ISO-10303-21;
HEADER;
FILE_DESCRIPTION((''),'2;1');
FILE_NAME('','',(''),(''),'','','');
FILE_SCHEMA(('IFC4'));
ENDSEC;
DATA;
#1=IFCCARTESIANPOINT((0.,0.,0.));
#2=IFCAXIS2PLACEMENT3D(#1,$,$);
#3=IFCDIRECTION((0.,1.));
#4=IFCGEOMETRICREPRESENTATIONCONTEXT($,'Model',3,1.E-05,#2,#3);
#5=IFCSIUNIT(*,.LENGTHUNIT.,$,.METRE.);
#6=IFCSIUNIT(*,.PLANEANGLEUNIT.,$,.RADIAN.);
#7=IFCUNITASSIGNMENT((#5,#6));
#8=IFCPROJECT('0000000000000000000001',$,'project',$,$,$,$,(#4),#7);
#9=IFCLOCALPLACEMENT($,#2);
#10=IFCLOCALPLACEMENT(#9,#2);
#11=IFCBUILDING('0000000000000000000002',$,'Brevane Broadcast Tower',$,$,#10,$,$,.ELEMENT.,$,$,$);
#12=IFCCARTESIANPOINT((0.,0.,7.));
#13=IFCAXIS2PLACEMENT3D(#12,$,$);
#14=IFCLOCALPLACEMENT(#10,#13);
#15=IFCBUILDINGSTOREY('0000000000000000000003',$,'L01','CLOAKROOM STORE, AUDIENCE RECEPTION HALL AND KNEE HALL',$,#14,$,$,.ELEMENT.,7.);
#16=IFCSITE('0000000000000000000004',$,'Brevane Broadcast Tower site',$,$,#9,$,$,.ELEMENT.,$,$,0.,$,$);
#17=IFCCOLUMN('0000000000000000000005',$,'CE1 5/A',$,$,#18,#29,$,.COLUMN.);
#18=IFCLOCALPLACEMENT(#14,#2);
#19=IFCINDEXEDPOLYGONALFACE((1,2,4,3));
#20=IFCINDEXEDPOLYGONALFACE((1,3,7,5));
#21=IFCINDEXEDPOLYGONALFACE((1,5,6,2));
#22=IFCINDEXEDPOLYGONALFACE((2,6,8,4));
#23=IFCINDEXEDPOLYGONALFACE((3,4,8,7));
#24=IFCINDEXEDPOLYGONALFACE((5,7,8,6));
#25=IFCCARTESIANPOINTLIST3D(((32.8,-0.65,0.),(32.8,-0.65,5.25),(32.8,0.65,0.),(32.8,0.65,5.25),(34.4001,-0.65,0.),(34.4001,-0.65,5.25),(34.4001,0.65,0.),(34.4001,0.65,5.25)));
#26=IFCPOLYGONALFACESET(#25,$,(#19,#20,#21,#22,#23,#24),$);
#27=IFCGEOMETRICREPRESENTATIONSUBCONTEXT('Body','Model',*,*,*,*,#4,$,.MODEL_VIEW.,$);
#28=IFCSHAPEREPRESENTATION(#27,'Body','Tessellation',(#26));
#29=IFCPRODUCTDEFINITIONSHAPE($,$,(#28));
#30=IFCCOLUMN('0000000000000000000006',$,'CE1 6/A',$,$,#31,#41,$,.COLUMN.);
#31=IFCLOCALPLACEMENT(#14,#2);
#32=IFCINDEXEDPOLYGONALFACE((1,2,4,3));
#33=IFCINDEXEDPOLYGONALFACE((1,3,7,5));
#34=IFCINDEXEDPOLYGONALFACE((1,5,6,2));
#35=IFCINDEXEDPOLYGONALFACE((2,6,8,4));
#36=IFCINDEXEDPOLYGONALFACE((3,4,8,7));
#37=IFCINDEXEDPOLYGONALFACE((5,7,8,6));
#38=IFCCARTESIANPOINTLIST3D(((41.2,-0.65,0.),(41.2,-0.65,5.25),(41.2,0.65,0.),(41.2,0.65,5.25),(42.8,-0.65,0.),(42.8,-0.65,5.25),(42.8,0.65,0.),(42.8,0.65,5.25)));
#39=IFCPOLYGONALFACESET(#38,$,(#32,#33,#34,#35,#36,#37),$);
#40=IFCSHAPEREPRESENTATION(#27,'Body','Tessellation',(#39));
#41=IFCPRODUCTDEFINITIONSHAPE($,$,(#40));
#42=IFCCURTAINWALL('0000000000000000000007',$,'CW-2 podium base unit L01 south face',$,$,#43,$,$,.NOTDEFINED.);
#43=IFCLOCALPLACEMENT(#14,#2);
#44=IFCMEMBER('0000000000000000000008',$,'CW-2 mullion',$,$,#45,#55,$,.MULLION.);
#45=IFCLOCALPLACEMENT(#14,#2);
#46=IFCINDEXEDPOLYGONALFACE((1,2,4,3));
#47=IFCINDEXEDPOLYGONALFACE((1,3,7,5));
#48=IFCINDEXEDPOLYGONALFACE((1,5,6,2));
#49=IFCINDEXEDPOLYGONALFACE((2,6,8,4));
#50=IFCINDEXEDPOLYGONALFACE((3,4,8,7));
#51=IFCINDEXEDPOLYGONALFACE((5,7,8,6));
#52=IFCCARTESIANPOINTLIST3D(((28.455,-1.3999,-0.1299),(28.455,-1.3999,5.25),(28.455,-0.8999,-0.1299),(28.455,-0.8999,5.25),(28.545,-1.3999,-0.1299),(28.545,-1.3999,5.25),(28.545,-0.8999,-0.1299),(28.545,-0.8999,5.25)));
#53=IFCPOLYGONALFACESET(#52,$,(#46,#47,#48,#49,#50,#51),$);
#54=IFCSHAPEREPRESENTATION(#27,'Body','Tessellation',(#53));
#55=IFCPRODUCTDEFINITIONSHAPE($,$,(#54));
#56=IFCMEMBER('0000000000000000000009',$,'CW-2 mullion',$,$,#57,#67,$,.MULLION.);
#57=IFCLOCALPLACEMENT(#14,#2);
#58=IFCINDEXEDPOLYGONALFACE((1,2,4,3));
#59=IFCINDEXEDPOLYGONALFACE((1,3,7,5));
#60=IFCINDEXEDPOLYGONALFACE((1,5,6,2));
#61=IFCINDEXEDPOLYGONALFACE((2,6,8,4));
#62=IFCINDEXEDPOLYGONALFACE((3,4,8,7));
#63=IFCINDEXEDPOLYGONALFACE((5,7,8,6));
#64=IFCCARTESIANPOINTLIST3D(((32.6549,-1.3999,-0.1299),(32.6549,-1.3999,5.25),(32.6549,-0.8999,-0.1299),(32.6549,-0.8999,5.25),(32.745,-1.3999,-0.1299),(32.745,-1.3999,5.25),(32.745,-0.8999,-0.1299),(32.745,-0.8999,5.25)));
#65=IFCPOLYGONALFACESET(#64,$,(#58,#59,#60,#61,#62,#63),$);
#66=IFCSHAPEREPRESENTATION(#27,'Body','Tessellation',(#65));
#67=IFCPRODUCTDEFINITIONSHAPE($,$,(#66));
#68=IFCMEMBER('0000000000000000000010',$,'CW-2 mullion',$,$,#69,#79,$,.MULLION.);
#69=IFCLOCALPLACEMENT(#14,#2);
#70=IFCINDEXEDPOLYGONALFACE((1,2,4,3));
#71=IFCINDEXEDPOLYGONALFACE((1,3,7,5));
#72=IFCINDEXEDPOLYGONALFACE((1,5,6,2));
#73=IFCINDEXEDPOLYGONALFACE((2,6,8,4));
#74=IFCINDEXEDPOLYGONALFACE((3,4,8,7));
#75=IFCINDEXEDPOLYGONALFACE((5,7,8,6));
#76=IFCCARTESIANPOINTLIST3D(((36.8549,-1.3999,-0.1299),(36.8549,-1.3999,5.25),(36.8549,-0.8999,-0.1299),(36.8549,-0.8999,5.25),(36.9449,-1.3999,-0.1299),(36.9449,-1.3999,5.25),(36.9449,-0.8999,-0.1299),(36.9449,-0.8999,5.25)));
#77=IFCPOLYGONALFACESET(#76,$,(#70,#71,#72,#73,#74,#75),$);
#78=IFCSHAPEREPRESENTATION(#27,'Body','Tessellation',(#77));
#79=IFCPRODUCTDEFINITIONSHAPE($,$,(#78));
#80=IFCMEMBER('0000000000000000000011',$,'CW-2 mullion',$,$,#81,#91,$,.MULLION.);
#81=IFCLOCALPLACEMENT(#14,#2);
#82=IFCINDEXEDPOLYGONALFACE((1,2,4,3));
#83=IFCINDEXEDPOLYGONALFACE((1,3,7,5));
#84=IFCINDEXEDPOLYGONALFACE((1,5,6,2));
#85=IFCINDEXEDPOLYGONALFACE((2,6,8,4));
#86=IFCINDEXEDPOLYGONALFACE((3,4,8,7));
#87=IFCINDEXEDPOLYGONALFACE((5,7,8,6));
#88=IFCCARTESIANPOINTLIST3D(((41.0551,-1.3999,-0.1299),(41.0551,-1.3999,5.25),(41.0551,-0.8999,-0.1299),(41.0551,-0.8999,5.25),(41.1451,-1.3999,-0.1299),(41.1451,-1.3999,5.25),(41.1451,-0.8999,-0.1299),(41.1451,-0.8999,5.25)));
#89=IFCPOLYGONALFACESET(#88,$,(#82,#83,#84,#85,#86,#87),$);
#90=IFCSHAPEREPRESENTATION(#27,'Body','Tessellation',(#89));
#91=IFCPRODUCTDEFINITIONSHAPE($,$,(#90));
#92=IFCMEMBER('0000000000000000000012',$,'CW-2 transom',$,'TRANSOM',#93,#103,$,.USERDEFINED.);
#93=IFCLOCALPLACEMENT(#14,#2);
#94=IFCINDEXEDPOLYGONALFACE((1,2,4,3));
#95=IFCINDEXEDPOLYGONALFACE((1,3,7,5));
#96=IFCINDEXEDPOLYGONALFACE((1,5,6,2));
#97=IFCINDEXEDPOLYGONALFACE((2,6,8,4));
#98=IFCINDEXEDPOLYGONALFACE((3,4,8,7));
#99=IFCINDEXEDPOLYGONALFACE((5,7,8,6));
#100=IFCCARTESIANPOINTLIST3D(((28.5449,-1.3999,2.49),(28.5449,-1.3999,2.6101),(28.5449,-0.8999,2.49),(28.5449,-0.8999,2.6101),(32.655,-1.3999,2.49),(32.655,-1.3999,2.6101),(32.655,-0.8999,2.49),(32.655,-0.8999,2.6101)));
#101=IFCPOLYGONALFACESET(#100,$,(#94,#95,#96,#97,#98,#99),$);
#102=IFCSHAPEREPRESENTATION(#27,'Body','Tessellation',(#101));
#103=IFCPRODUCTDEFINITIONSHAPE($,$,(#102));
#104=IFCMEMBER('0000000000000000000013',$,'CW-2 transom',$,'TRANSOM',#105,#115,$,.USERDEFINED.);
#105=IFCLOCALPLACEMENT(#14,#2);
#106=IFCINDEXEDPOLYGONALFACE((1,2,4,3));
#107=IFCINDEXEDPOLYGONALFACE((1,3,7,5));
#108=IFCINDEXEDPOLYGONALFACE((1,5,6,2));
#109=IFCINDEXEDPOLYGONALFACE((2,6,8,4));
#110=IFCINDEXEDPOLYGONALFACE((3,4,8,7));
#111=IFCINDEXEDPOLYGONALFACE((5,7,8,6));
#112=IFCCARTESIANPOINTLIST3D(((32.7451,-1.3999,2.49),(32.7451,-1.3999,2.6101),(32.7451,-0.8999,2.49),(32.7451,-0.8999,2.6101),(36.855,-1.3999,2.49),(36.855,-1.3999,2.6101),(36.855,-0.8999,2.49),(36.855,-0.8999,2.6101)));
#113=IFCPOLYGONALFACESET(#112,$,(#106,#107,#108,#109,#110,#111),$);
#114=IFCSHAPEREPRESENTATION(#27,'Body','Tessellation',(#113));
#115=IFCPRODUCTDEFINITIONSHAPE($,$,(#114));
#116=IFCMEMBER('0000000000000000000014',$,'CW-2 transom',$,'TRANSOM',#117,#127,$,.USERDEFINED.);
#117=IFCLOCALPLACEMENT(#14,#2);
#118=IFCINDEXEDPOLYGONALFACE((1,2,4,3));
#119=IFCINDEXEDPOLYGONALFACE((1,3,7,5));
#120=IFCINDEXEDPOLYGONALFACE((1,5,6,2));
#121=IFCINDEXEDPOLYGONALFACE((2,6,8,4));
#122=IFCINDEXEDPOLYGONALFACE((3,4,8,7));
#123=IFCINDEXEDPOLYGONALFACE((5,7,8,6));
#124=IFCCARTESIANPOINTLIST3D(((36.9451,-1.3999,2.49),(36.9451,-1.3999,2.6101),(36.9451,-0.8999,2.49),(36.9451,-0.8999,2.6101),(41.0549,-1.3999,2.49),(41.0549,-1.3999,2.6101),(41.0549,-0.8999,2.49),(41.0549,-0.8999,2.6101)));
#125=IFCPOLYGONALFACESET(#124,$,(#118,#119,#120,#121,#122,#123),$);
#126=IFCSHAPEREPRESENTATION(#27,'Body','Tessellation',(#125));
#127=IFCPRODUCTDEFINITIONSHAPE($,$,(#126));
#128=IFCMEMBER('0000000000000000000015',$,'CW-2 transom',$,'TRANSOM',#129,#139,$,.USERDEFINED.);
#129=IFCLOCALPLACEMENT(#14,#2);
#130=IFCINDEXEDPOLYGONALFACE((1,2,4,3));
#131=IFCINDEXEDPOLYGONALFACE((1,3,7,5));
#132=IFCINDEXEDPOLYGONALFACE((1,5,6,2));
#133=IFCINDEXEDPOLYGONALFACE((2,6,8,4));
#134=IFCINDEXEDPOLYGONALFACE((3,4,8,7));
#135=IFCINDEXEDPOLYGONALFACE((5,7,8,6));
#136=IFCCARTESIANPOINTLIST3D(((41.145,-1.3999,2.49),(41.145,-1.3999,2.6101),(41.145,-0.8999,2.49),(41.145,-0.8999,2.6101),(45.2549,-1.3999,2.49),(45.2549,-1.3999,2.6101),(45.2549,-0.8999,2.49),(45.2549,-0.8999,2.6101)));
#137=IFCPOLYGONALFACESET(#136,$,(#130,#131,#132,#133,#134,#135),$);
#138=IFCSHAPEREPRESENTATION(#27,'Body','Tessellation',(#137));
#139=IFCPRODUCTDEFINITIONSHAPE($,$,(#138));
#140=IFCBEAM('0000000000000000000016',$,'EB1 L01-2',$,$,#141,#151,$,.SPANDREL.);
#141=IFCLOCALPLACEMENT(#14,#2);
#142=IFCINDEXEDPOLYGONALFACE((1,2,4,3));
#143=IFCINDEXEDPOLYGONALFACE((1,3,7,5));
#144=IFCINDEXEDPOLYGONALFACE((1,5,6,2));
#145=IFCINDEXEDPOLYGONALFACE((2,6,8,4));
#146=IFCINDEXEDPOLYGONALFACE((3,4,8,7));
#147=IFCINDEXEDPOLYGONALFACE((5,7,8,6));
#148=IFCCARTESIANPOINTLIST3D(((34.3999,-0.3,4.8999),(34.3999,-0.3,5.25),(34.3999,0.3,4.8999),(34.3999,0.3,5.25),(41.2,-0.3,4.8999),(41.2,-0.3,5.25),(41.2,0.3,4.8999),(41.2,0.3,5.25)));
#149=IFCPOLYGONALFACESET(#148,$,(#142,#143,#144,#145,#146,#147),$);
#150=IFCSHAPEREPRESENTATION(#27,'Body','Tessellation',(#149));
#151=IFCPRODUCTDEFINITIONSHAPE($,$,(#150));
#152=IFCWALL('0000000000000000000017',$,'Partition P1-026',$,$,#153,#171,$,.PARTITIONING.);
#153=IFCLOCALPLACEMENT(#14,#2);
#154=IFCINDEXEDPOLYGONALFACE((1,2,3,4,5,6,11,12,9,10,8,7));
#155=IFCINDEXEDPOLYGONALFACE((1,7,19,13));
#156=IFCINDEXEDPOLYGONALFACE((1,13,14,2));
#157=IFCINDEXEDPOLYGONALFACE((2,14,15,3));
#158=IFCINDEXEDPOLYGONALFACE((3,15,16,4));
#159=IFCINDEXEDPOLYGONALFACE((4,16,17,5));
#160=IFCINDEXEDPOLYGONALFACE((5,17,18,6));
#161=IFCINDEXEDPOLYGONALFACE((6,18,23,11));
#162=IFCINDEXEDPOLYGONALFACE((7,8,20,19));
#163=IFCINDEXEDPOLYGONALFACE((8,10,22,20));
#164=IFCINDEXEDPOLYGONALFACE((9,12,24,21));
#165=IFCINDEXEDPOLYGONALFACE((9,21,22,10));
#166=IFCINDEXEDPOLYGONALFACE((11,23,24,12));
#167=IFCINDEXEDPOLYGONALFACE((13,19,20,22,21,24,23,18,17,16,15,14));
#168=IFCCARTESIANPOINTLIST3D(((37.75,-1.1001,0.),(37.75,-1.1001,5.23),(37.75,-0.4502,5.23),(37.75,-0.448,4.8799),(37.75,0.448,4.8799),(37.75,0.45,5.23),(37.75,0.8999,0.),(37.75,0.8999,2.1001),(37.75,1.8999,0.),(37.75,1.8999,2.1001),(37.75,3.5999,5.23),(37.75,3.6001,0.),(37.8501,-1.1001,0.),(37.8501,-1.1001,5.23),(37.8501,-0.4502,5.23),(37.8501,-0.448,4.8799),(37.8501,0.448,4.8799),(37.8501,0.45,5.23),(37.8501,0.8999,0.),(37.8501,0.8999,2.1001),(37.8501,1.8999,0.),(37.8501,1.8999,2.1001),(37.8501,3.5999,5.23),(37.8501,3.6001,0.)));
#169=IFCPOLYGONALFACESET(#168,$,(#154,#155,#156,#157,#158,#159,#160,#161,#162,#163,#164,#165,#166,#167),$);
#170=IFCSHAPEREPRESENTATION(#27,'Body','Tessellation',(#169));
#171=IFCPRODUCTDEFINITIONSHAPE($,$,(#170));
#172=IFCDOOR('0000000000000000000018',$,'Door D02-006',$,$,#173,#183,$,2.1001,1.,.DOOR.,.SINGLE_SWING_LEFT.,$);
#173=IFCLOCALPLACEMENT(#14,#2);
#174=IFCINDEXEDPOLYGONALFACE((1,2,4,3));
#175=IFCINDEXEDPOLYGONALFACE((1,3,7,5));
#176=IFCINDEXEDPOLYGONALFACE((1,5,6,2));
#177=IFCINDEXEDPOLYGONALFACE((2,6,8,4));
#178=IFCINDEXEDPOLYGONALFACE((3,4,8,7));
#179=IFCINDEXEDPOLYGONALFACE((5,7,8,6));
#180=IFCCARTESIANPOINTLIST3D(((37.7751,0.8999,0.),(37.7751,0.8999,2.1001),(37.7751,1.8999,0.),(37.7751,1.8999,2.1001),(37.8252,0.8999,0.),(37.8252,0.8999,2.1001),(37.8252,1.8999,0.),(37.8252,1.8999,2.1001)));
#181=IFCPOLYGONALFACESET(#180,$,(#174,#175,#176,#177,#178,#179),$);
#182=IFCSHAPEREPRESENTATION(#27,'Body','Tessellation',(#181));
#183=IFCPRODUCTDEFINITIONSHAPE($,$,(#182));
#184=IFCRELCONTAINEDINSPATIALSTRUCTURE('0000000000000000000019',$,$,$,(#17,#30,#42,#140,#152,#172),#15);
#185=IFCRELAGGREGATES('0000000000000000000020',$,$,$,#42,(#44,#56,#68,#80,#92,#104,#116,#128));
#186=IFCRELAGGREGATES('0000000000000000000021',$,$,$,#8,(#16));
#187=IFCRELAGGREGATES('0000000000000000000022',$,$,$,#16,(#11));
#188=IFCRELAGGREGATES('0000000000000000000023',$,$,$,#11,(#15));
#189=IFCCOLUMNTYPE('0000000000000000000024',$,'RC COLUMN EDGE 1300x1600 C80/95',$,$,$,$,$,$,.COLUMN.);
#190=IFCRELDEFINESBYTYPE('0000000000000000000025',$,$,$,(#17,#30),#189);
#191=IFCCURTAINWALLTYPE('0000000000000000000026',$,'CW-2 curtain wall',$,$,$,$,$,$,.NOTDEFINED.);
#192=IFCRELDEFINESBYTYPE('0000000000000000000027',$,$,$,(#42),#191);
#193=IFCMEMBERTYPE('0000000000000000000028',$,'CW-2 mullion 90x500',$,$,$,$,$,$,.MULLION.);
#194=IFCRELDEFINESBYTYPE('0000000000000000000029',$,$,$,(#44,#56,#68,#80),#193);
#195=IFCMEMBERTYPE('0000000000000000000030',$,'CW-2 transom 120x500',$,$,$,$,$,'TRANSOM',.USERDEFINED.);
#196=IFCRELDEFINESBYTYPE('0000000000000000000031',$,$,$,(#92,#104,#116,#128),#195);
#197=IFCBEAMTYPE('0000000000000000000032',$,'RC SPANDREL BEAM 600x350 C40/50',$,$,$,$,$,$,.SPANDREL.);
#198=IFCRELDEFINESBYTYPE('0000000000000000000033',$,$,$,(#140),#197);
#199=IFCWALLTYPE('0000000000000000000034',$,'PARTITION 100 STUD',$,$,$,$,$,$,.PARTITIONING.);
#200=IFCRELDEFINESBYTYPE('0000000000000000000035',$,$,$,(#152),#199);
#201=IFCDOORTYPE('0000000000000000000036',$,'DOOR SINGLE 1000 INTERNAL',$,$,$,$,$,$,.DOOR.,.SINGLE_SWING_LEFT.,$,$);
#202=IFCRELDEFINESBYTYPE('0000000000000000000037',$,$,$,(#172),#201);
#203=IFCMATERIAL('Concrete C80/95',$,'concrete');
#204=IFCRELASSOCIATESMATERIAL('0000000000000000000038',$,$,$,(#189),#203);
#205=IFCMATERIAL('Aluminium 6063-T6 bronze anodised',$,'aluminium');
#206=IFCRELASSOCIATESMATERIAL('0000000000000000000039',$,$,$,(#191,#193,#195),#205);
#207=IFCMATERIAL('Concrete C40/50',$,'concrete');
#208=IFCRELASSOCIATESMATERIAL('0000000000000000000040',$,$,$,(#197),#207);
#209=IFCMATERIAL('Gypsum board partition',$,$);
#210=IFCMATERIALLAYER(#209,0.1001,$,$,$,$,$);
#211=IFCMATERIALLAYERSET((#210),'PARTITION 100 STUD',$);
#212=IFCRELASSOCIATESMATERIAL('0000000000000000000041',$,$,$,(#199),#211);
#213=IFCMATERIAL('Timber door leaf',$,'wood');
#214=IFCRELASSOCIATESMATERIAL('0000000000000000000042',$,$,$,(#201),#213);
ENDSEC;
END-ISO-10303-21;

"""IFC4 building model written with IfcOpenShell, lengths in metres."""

from ifc_helpers import new_model, si_unit, direction, frame, frame_2d, origin, origin_2d, place, context, subcontext, project, spatial, polyline, rectangle, outline, extrude, material, layer, layer_set, material_profile, profile_set, type_object, element, fill, aggregate, save


model = new_model("IFC4")

# Units and contexts
model_context = context("Model", 3, precision=1e-05, world=origin(), true_north=direction((0.0, 1.0)))
body_context = subcontext(model_context, "Body", "Model", "MODEL_VIEW")
ifc_project = project(units=[si_unit("LENGTHUNIT", "METRE"), si_unit("PLANEANGLEUNIT", "RADIAN")], contexts=[model_context])

# Site, building, storey
site_placement = place(None, origin())
site = spatial("IfcSite", under=ifc_project, at=site_placement, Name="Brevane Broadcast Tower site", CompositionType="ELEMENT", RefElevation=0.0)
building_placement = place(site_placement, origin())
building = spatial("IfcBuilding", under=site, at=building_placement, Name="Brevane Broadcast Tower", CompositionType="ELEMENT")
storey_placement = place(building_placement, frame((0.0, 0.0, 7.0)))
storey = spatial("IfcBuildingStorey", under=building, at=storey_placement, Name="L01", Description="CLOAKROOM STORE, AUDIENCE RECEPTION HALL AND KNEE HALL", CompositionType="ELEMENT", Elevation=7.0)

# Columns
ifc_material_1 = material(Name="Concrete C80/95", Category="concrete")
ifc_material_profile_1 = material_profile(ifc_material_1, rectangle(XDim=1.3, YDim=1.6001, at=origin_2d()), Name="RC 1300x1600")
ifc_profile_set_1 = profile_set([ifc_material_profile_1], Name="Concrete C80/95")
column_type = type_object("IfcColumnType", Name="RC COLUMN EDGE 1300x1600 C80/95", PredefinedType="COLUMN", material=ifc_profile_set_1)
for number, where, z_axis, x_axis, name in (
    (1, (33.6001, 0.0, 0.0), (0.0, 0.0, 1.0), (0.0, 1.0, 0.0), "CE1 5/A"),
    (2, (42.0, 0.0, 0.0), (0.0, 0.0, 1.0), (0.0, 1.0, 0.0), "CE1 6/A"),
):
    element("IfcColumn", number, at=place(storey_placement, frame(where, z_axis=z_axis, x_axis=x_axis)), inside=storey, type_object=column_type, Name=name, PredefinedType="COLUMN", context=body_context, shape_type="SweptSolid", body=[
        extrude(rectangle(XDim=1.3, YDim=1.6001, at=origin_2d()), origin(), (0.0, 0.0, 1.0), 5.25),
    ])

# Curtain wall, members
ifc_material_2 = material(Name="Aluminium 6063-T6 bronze anodised", Category="aluminium")
curtain_wall_type = type_object("IfcCurtainWallType", Name="CW-2 curtain wall", PredefinedType="NOTDEFINED", material=ifc_material_2)
curtain_wall_placement = place(storey_placement, origin())
curtain_wall = element("IfcCurtainWall", 3, at=curtain_wall_placement, inside=storey, type_object=curtain_wall_type, Name="CW-2 podium base unit L01 south face", PredefinedType="NOTDEFINED")
ifc_material_profile_2 = material_profile(ifc_material_2, rectangle(XDim=0.5, YDim=0.0901, at=origin_2d()), Name="RECT 90x500")
ifc_profile_set_2 = profile_set([ifc_material_profile_2], Name="Aluminium 6063-T6 bronze anodised")
member_type_1 = type_object("IfcMemberType", Name="CW-2 mullion 90x500", PredefinedType="MULLION", material=ifc_profile_set_2)
member_1_placement = place(storey_placement, frame((28.5, -1.1499, -0.1299), z_axis=(0.0, 0.0, 1.0), x_axis=(0.0, 1.0, 0.0)))
member_1 = element("IfcMember", 4, at=member_1_placement, type_object=member_type_1, Name="CW-2 mullion", PredefinedType="MULLION", context=body_context, shape_type="SweptSolid", body=[
    extrude(rectangle(XDim=0.5, YDim=0.0901, at=origin_2d()), origin(), (0.0, 0.0, 1.0), 5.3799),
])
member_2_placement = place(storey_placement, frame((32.7, -1.1499, -0.1299), z_axis=(0.0, 0.0, 1.0), x_axis=(0.0, 1.0, 0.0)))
member_2 = element("IfcMember", 5, at=member_2_placement, type_object=member_type_1, Name="CW-2 mullion", PredefinedType="MULLION", context=body_context, shape_type="SweptSolid", body=[
    extrude(rectangle(XDim=0.5, YDim=0.0901, at=origin_2d()), origin(), (0.0, 0.0, 1.0), 5.3799),
])
member_3_placement = place(storey_placement, frame((36.8999, -1.1499, -0.1299), z_axis=(0.0, 0.0, 1.0), x_axis=(0.0, 1.0, 0.0)))
member_3 = element("IfcMember", 6, at=member_3_placement, type_object=member_type_1, Name="CW-2 mullion", PredefinedType="MULLION", context=body_context, shape_type="SweptSolid", body=[
    extrude(rectangle(XDim=0.5, YDim=0.0901, at=origin_2d()), origin(), (0.0, 0.0, 1.0), 5.3799),
])
member_4_placement = place(storey_placement, frame((41.1001, -1.1499, -0.1299), z_axis=(0.0, 0.0, 1.0), x_axis=(0.0, 1.0, 0.0)))
member_4 = element("IfcMember", 7, at=member_4_placement, type_object=member_type_1, Name="CW-2 mullion", PredefinedType="MULLION", context=body_context, shape_type="SweptSolid", body=[
    extrude(rectangle(XDim=0.5, YDim=0.0901, at=origin_2d()), origin(), (0.0, 0.0, 1.0), 5.3799),
])
ifc_material_profile_3 = material_profile(ifc_material_2, rectangle(XDim=0.5, YDim=0.1201, at=origin_2d()), Name="RECT 120x500")
ifc_profile_set_3 = profile_set([ifc_material_profile_3], Name="Aluminium 6063-T6 bronze anodised")
member_type_2 = type_object("IfcMemberType", Name="CW-2 transom 120x500", ElementType="TRANSOM", PredefinedType="USERDEFINED", material=ifc_profile_set_3)
member_5_placement = place(storey_placement, frame((28.5449, -1.1499, 2.55), z_axis=(1.0, 0.0, 0.0), x_axis=(0.0, 1.0, 0.0)))
member_5 = element("IfcMember", 8, at=member_5_placement, type_object=member_type_2, Name="CW-2 transom", ObjectType="TRANSOM", PredefinedType="USERDEFINED", context=body_context, shape_type="SweptSolid", body=[
    extrude(rectangle(XDim=0.5, YDim=0.1201, at=origin_2d()), origin(), (0.0, 0.0, 1.0), 4.1101),
])
member_6_placement = place(storey_placement, frame((32.7451, -1.1499, 2.55), z_axis=(1.0, 0.0, 0.0), x_axis=(0.0, 1.0, 0.0)))
member_6 = element("IfcMember", 9, at=member_6_placement, type_object=member_type_2, Name="CW-2 transom", ObjectType="TRANSOM", PredefinedType="USERDEFINED", context=body_context, shape_type="SweptSolid", body=[
    extrude(rectangle(XDim=0.5, YDim=0.1201, at=origin_2d()), origin(), (0.0, 0.0, 1.0), 4.1099),
])
member_7_placement = place(storey_placement, frame((36.9451, -1.1499, 2.55), z_axis=(1.0, 0.0, 0.0), x_axis=(0.0, 1.0, 0.0)))
member_7 = element("IfcMember", 10, at=member_7_placement, type_object=member_type_2, Name="CW-2 transom", ObjectType="TRANSOM", PredefinedType="USERDEFINED", context=body_context, shape_type="SweptSolid", body=[
    extrude(rectangle(XDim=0.5, YDim=0.1201, at=origin_2d()), origin(), (0.0, 0.0, 1.0), 4.1099),
])
member_8_placement = place(storey_placement, frame((41.145, -1.1499, 2.55), z_axis=(1.0, 0.0, 0.0), x_axis=(0.0, 1.0, 0.0)))
member_8 = element("IfcMember", 11, at=member_8_placement, type_object=member_type_2, Name="CW-2 transom", ObjectType="TRANSOM", PredefinedType="USERDEFINED", context=body_context, shape_type="SweptSolid", body=[
    extrude(rectangle(XDim=0.5, YDim=0.1201, at=origin_2d()), origin(), (0.0, 0.0, 1.0), 4.1099),
])
aggregate(curtain_wall, [member_1, member_2, member_3, member_4, member_5, member_6, member_7, member_8])

# Beam
ifc_material_3 = material(Name="Concrete C40/50", Category="concrete")
ifc_material_profile_4 = material_profile(ifc_material_3, rectangle(XDim=0.6001, YDim=0.3501, at=origin_2d()), Name="RC 600x350")
ifc_profile_set_4 = profile_set([ifc_material_profile_4], Name="Concrete C40/50")
beam_type = type_object("IfcBeamType", Name="RC SPANDREL BEAM 600x350 C40/50", PredefinedType="SPANDREL", material=ifc_profile_set_4)
beam_placement = place(storey_placement, frame((34.3999, 0.0, 5.075), z_axis=(1.0, 0.0, 0.0), x_axis=(0.0, 1.0, 0.0)))
element("IfcBeam", 12, at=beam_placement, inside=storey, type_object=beam_type, Name="EB1 L01-2", PredefinedType="SPANDREL", context=body_context, shape_type="SweptSolid", body=[
    extrude(rectangle(XDim=0.6001, YDim=0.3501, at=origin_2d()), origin(), (0.0, 0.0, 1.0), 6.8),
])

# Wall, opening, door
ifc_material_4 = material(Name="Gypsum board partition")
ifc_layer_1 = layer(ifc_material_4, 0.1001)
ifc_layer_set_1 = layer_set([ifc_layer_1], Name="PARTITION 100 STUD")
wall_type_1 = type_object("IfcWallType", Name="PARTITION 100 STUD", PredefinedType="PARTITIONING", material=ifc_layer_set_1)
wall_1_placement = place(storey_placement, frame((37.8, -1.1001, 0.0), z_axis=(0.0, 0.0, 1.0), x_axis=(0.0, 1.0, 0.0)))
wall_1 = element("IfcWall", 13, at=wall_1_placement, inside=storey, type_object=wall_type_1, Name="Partition P1-026", PredefinedType="PARTITIONING", context=body_context, shape_type="SweptSolid", body=[
    extrude(outline(polyline([(0.0, 0.0), (4.7002, 0.0), (4.7, 5.23), (1.55, 5.23), (1.5481, 4.8799), (0.6521, 4.8799), (0.6499, 5.23), (0.0, 5.23), (0.0, 0.0)])), frame((0.0, 0.05, 0.0), z_axis=(0.0, -1.0, 0.0), x_axis=(1.0, 0.0, 0.0)), (0.0, 0.0, 1.0), 0.1001),
])
opening_1_placement = place(wall_1_placement, frame((2.0, 0.0, 0.0)))
opening_1 = element("IfcOpeningElement", 14, at=opening_1_placement, cuts=wall_1, PredefinedType="OPENING", context=body_context, shape_type="SweptSolid", body=[
    extrude(rectangle(XDim=1.0, YDim=2.1001, at=frame_2d((0.5, 1.05))), frame((0.0, 0.0601, 0.0), z_axis=(0.0, -1.0, 0.0), x_axis=(1.0, 0.0, 0.0)), (0.0, 0.0, 1.0), 0.1201),
])
ifc_material_5 = material(Name="Timber door leaf", Category="wood")
door_type = type_object("IfcDoorType", Name="DOOR SINGLE 1000 INTERNAL", OperationType="SINGLE_SWING_LEFT", PredefinedType="DOOR", material=ifc_material_5)
door_1_placement = place(opening_1_placement, origin())
door_1 = element("IfcDoor", 15, at=door_1_placement, inside=storey, type_object=door_type, Name="Door D02-006", OperationType="SINGLE_SWING_LEFT", OverallHeight=2.1001, OverallWidth=1.0, PredefinedType="DOOR", context=body_context, shape_type="SweptSolid", body=[
    extrude(rectangle(XDim=1.0, YDim=2.1001, at=frame_2d((0.5, 1.05))), frame((0.0, 0.0249, 0.0), z_axis=(0.0, -1.0, 0.0), x_axis=(1.0, 0.0, 0.0)), (0.0, 0.0, 1.0), 0.05),
])
fill(opening_1, door_1)

save(model, "model.ifc")
